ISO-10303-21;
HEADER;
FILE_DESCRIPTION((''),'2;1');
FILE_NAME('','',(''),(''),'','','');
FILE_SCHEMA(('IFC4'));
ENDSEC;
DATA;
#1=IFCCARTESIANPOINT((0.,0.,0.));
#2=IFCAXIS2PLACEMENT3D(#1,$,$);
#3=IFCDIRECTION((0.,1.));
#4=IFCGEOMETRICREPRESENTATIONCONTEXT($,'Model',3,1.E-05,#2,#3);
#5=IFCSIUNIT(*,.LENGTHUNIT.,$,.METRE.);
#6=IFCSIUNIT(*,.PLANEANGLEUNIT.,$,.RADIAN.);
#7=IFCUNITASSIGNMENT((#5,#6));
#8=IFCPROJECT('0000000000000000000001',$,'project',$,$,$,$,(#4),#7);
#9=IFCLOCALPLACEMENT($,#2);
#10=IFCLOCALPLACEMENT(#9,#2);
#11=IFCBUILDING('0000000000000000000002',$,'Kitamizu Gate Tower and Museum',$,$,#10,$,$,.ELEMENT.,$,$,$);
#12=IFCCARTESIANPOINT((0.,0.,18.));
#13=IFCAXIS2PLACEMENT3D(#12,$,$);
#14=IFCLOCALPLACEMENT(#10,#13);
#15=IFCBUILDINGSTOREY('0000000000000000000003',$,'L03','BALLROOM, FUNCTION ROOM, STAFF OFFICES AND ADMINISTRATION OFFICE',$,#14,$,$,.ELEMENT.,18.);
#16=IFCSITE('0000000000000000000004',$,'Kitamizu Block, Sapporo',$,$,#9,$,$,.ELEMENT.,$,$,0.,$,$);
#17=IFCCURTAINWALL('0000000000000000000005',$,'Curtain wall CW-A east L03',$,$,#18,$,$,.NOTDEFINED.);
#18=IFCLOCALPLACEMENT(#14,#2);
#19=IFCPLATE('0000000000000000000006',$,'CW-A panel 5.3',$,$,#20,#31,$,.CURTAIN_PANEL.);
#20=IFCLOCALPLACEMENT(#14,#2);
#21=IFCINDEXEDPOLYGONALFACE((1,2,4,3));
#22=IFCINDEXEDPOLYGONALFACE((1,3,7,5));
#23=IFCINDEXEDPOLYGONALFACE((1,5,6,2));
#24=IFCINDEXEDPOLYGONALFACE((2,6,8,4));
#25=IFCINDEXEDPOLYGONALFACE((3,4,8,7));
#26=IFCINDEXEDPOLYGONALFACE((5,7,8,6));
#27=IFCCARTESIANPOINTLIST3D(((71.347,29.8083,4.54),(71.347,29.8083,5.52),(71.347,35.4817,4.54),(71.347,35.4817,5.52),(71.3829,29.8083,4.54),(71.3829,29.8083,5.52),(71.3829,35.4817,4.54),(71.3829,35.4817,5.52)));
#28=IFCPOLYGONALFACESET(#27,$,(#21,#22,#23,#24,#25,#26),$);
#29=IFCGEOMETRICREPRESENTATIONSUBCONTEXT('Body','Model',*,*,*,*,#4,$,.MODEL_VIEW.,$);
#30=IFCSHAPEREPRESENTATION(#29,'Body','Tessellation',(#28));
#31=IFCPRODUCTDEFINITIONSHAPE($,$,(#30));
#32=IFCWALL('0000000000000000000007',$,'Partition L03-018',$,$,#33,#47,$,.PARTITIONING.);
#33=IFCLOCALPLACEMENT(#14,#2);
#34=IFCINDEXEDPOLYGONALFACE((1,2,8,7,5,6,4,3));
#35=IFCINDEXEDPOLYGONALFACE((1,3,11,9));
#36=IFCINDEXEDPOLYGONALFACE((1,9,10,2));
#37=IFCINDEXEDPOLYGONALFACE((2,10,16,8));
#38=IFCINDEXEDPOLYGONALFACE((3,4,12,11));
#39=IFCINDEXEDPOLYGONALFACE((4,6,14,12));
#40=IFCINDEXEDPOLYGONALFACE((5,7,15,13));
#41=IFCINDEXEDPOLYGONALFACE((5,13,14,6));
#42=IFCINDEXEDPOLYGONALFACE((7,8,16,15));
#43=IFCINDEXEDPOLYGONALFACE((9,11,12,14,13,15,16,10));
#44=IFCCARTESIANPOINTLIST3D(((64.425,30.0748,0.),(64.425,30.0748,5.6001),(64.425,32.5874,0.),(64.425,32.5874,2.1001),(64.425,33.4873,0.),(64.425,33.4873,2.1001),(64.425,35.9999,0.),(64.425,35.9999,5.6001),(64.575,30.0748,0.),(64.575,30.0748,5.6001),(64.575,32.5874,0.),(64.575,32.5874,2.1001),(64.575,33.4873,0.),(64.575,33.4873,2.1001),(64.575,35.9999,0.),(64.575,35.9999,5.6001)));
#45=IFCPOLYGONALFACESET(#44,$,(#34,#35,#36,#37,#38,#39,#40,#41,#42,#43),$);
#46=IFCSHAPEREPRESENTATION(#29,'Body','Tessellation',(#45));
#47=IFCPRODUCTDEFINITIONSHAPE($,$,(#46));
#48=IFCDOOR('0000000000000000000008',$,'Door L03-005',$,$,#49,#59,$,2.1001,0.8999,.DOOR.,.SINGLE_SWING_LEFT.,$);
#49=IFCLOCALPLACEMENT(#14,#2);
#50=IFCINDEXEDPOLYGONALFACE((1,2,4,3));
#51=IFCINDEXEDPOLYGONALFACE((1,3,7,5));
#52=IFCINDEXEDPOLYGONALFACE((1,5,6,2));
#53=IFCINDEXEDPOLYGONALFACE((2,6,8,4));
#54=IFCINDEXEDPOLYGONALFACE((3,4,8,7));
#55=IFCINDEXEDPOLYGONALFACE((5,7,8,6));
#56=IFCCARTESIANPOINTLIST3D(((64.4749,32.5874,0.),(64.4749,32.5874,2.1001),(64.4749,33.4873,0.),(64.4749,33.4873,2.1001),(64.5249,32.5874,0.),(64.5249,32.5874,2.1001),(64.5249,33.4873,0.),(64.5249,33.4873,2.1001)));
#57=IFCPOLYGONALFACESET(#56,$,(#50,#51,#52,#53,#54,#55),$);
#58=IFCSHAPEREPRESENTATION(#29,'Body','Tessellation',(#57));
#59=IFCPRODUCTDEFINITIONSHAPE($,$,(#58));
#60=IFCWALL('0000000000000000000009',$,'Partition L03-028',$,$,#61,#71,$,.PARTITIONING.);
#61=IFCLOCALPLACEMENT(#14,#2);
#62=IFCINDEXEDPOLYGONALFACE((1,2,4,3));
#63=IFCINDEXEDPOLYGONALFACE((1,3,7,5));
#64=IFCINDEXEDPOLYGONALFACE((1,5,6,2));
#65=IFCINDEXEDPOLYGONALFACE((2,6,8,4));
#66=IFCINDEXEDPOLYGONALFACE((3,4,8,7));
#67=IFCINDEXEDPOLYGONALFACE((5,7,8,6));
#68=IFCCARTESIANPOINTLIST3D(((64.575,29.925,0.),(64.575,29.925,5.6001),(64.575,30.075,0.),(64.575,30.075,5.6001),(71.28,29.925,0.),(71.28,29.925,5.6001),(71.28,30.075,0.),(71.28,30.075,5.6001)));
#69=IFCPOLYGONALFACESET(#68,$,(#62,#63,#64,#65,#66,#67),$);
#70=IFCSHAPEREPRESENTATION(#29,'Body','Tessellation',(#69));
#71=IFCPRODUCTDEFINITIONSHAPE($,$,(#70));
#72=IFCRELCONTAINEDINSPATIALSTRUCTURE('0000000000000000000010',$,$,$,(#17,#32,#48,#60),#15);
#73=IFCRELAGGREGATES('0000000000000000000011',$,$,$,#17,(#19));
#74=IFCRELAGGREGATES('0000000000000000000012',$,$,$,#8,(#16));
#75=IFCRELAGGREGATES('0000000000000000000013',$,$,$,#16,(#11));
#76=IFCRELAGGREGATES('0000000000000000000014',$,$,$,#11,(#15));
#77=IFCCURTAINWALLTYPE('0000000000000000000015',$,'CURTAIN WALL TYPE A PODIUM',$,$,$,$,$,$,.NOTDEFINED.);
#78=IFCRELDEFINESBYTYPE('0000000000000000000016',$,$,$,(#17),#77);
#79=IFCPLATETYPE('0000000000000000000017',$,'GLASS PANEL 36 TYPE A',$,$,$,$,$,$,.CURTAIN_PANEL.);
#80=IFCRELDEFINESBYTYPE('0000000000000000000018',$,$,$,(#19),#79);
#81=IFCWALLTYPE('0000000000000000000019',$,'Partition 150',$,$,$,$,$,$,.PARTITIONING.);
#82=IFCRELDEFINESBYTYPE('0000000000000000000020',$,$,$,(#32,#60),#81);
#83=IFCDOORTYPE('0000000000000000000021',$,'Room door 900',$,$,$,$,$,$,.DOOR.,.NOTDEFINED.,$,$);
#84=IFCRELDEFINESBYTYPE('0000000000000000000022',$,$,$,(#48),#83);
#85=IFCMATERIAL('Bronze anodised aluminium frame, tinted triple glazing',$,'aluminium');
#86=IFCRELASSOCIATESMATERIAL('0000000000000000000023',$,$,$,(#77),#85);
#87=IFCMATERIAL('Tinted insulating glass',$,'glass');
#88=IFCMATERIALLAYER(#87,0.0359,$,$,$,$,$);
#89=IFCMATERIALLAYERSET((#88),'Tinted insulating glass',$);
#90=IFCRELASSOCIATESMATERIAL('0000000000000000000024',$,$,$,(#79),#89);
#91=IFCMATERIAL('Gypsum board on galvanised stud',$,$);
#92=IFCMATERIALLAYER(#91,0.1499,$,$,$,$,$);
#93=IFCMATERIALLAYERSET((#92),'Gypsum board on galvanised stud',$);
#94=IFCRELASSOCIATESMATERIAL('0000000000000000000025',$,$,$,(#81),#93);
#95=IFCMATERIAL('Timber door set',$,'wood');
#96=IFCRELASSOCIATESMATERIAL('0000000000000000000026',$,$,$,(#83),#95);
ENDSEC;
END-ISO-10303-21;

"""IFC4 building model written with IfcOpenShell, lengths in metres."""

from ifc_helpers import new_model, si_unit, direction, frame, frame_2d, origin, origin_2d, place, context, subcontext, project, spatial, rectangle, extrude, material, layer, layer_set, type_object, element, fill, aggregate, save


model = new_model("IFC4")

# Units and contexts
model_context = context("Model", 3, precision=1e-05, world=origin(), true_north=direction((0.0, 1.0)))
body_context = subcontext(model_context, "Body", "Model", "MODEL_VIEW")
ifc_project = project(units=[si_unit("LENGTHUNIT", "METRE"), si_unit("PLANEANGLEUNIT", "RADIAN")], contexts=[model_context])

# Site, building, storey
site_placement = place(None, origin())
site = spatial("IfcSite", under=ifc_project, at=site_placement, Name="Kitamizu Block, Sapporo", CompositionType="ELEMENT", RefElevation=0.0)
building_placement = place(site_placement, origin())
building = spatial("IfcBuilding", under=site, at=building_placement, Name="Kitamizu Gate Tower and Museum", CompositionType="ELEMENT")
storey_placement = place(building_placement, frame((0.0, 0.0, 18.0)))
storey = spatial("IfcBuildingStorey", under=building, at=storey_placement, Name="L03", Description="BALLROOM, FUNCTION ROOM, STAFF OFFICES AND ADMINISTRATION OFFICE", CompositionType="ELEMENT", Elevation=18.0)

# Curtain wall, plate
ifc_material_1 = material(Name="Bronze anodised aluminium frame, tinted triple glazing", Category="aluminium")
curtain_wall_type = type_object("IfcCurtainWallType", Name="CURTAIN WALL TYPE A PODIUM", PredefinedType="NOTDEFINED", material=ifc_material_1)
curtain_wall_placement = place(storey_placement, origin())
curtain_wall = element("IfcCurtainWall", 1, at=curtain_wall_placement, inside=storey, type_object=curtain_wall_type, Name="Curtain wall CW-A east L03", PredefinedType="NOTDEFINED")
ifc_material_2 = material(Name="Tinted insulating glass", Category="glass")
ifc_layer_1 = layer(ifc_material_2, 0.0359)
ifc_layer_set_1 = layer_set([ifc_layer_1], Name="Tinted insulating glass")
plate_type = type_object("IfcPlateType", Name="GLASS PANEL 36 TYPE A", PredefinedType="CURTAIN_PANEL", material=ifc_layer_set_1)
plate_1_placement = place(storey_placement, frame((71.365, 32.645, 4.54), z_axis=(0.0, 0.0, 1.0), x_axis=(0.0, 1.0, 0.0)))
plate_1 = element("IfcPlate", 2, at=plate_1_placement, type_object=plate_type, Name="CW-A panel 5.3", PredefinedType="CURTAIN_PANEL", context=body_context, shape_type="SweptSolid", body=[
    extrude(rectangle(XDim=5.6733, YDim=0.0359, at=origin_2d()), origin(), (0.0, 0.0, 1.0), 0.98),
])
aggregate(curtain_wall, [plate_1])

# Wall, opening, door
ifc_material_3 = material(Name="Gypsum board on galvanised stud")
ifc_layer_2 = layer(ifc_material_3, 0.1499)
ifc_layer_set_2 = layer_set([ifc_layer_2], Name="Gypsum board on galvanised stud")
wall_type = type_object("IfcWallType", Name="Partition 150", PredefinedType="PARTITIONING", material=ifc_layer_set_2)
wall_1_placement = place(storey_placement, frame((64.5, 30.075, 0.0), z_axis=(0.0, 0.0, 1.0), x_axis=(0.0, 1.0, 0.0)))
wall_1 = element("IfcWall", 3, at=wall_1_placement, inside=storey, type_object=wall_type, Name="Partition L03-018", PredefinedType="PARTITIONING", context=body_context, shape_type="SweptSolid", body=[
    extrude(rectangle(XDim=5.925, YDim=0.1499, at=frame_2d((2.9624, 0.0))), origin(), (0.0, 0.0, 1.0), 5.6001),
])
opening_placement = place(wall_1_placement, frame((2.5125, 0.0, 0.0)))
opening = element("IfcOpeningElement", 4, at=opening_placement, cuts=wall_1, PredefinedType="OPENING", context=body_context, shape_type="SweptSolid", body=[
    extrude(rectangle(XDim=0.8999, YDim=2.1001, at=frame_2d((0.45, 1.05))), frame((0.0, 0.085, 0.0), z_axis=(0.0, -1.0, 0.0), x_axis=(1.0, 0.0, 0.0)), (0.0, 0.0, 1.0), 0.1699),
])
ifc_material_4 = material(Name="Timber door set", Category="wood")
door_type = type_object("IfcDoorType", Name="Room door 900", OperationType="NOTDEFINED", PredefinedType="DOOR", material=ifc_material_4)
door_placement = place(opening_placement, frame((0.8999, 0.0, 0.0), x_axis=(-1.0, 0.0, 0.0)))
door = element("IfcDoor", 5, at=door_placement, inside=storey, type_object=door_type, Name="Door L03-005", OperationType="SINGLE_SWING_LEFT", OverallHeight=2.1001, OverallWidth=0.8999, PredefinedType="DOOR", context=body_context, shape_type="SweptSolid", body=[
    extrude(rectangle(XDim=0.8999, YDim=2.1001, at=frame_2d((0.45, 1.05))), frame((0.0, 0.0249, 0.0), z_axis=(0.0, -1.0, 0.0), x_axis=(1.0, 0.0, 0.0)), (0.0, 0.0, 1.0), 0.05),
])
fill(opening, door)

# Wall
wall_2_placement = place(storey_placement, frame((71.28, 30.0, 0.0), z_axis=(0.0, 0.0, 1.0), x_axis=(-1.0, 0.0, 0.0)))
element("IfcWall", 6, at=wall_2_placement, inside=storey, type_object=wall_type, Name="Partition L03-028", PredefinedType="PARTITIONING", context=body_context, shape_type="SweptSolid", body=[
    extrude(rectangle(XDim=6.7051, YDim=0.1499, at=frame_2d((3.3525, 0.0))), origin(), (0.0, 0.0, 1.0), 5.6001),
])

save(model, "model.ifc")
